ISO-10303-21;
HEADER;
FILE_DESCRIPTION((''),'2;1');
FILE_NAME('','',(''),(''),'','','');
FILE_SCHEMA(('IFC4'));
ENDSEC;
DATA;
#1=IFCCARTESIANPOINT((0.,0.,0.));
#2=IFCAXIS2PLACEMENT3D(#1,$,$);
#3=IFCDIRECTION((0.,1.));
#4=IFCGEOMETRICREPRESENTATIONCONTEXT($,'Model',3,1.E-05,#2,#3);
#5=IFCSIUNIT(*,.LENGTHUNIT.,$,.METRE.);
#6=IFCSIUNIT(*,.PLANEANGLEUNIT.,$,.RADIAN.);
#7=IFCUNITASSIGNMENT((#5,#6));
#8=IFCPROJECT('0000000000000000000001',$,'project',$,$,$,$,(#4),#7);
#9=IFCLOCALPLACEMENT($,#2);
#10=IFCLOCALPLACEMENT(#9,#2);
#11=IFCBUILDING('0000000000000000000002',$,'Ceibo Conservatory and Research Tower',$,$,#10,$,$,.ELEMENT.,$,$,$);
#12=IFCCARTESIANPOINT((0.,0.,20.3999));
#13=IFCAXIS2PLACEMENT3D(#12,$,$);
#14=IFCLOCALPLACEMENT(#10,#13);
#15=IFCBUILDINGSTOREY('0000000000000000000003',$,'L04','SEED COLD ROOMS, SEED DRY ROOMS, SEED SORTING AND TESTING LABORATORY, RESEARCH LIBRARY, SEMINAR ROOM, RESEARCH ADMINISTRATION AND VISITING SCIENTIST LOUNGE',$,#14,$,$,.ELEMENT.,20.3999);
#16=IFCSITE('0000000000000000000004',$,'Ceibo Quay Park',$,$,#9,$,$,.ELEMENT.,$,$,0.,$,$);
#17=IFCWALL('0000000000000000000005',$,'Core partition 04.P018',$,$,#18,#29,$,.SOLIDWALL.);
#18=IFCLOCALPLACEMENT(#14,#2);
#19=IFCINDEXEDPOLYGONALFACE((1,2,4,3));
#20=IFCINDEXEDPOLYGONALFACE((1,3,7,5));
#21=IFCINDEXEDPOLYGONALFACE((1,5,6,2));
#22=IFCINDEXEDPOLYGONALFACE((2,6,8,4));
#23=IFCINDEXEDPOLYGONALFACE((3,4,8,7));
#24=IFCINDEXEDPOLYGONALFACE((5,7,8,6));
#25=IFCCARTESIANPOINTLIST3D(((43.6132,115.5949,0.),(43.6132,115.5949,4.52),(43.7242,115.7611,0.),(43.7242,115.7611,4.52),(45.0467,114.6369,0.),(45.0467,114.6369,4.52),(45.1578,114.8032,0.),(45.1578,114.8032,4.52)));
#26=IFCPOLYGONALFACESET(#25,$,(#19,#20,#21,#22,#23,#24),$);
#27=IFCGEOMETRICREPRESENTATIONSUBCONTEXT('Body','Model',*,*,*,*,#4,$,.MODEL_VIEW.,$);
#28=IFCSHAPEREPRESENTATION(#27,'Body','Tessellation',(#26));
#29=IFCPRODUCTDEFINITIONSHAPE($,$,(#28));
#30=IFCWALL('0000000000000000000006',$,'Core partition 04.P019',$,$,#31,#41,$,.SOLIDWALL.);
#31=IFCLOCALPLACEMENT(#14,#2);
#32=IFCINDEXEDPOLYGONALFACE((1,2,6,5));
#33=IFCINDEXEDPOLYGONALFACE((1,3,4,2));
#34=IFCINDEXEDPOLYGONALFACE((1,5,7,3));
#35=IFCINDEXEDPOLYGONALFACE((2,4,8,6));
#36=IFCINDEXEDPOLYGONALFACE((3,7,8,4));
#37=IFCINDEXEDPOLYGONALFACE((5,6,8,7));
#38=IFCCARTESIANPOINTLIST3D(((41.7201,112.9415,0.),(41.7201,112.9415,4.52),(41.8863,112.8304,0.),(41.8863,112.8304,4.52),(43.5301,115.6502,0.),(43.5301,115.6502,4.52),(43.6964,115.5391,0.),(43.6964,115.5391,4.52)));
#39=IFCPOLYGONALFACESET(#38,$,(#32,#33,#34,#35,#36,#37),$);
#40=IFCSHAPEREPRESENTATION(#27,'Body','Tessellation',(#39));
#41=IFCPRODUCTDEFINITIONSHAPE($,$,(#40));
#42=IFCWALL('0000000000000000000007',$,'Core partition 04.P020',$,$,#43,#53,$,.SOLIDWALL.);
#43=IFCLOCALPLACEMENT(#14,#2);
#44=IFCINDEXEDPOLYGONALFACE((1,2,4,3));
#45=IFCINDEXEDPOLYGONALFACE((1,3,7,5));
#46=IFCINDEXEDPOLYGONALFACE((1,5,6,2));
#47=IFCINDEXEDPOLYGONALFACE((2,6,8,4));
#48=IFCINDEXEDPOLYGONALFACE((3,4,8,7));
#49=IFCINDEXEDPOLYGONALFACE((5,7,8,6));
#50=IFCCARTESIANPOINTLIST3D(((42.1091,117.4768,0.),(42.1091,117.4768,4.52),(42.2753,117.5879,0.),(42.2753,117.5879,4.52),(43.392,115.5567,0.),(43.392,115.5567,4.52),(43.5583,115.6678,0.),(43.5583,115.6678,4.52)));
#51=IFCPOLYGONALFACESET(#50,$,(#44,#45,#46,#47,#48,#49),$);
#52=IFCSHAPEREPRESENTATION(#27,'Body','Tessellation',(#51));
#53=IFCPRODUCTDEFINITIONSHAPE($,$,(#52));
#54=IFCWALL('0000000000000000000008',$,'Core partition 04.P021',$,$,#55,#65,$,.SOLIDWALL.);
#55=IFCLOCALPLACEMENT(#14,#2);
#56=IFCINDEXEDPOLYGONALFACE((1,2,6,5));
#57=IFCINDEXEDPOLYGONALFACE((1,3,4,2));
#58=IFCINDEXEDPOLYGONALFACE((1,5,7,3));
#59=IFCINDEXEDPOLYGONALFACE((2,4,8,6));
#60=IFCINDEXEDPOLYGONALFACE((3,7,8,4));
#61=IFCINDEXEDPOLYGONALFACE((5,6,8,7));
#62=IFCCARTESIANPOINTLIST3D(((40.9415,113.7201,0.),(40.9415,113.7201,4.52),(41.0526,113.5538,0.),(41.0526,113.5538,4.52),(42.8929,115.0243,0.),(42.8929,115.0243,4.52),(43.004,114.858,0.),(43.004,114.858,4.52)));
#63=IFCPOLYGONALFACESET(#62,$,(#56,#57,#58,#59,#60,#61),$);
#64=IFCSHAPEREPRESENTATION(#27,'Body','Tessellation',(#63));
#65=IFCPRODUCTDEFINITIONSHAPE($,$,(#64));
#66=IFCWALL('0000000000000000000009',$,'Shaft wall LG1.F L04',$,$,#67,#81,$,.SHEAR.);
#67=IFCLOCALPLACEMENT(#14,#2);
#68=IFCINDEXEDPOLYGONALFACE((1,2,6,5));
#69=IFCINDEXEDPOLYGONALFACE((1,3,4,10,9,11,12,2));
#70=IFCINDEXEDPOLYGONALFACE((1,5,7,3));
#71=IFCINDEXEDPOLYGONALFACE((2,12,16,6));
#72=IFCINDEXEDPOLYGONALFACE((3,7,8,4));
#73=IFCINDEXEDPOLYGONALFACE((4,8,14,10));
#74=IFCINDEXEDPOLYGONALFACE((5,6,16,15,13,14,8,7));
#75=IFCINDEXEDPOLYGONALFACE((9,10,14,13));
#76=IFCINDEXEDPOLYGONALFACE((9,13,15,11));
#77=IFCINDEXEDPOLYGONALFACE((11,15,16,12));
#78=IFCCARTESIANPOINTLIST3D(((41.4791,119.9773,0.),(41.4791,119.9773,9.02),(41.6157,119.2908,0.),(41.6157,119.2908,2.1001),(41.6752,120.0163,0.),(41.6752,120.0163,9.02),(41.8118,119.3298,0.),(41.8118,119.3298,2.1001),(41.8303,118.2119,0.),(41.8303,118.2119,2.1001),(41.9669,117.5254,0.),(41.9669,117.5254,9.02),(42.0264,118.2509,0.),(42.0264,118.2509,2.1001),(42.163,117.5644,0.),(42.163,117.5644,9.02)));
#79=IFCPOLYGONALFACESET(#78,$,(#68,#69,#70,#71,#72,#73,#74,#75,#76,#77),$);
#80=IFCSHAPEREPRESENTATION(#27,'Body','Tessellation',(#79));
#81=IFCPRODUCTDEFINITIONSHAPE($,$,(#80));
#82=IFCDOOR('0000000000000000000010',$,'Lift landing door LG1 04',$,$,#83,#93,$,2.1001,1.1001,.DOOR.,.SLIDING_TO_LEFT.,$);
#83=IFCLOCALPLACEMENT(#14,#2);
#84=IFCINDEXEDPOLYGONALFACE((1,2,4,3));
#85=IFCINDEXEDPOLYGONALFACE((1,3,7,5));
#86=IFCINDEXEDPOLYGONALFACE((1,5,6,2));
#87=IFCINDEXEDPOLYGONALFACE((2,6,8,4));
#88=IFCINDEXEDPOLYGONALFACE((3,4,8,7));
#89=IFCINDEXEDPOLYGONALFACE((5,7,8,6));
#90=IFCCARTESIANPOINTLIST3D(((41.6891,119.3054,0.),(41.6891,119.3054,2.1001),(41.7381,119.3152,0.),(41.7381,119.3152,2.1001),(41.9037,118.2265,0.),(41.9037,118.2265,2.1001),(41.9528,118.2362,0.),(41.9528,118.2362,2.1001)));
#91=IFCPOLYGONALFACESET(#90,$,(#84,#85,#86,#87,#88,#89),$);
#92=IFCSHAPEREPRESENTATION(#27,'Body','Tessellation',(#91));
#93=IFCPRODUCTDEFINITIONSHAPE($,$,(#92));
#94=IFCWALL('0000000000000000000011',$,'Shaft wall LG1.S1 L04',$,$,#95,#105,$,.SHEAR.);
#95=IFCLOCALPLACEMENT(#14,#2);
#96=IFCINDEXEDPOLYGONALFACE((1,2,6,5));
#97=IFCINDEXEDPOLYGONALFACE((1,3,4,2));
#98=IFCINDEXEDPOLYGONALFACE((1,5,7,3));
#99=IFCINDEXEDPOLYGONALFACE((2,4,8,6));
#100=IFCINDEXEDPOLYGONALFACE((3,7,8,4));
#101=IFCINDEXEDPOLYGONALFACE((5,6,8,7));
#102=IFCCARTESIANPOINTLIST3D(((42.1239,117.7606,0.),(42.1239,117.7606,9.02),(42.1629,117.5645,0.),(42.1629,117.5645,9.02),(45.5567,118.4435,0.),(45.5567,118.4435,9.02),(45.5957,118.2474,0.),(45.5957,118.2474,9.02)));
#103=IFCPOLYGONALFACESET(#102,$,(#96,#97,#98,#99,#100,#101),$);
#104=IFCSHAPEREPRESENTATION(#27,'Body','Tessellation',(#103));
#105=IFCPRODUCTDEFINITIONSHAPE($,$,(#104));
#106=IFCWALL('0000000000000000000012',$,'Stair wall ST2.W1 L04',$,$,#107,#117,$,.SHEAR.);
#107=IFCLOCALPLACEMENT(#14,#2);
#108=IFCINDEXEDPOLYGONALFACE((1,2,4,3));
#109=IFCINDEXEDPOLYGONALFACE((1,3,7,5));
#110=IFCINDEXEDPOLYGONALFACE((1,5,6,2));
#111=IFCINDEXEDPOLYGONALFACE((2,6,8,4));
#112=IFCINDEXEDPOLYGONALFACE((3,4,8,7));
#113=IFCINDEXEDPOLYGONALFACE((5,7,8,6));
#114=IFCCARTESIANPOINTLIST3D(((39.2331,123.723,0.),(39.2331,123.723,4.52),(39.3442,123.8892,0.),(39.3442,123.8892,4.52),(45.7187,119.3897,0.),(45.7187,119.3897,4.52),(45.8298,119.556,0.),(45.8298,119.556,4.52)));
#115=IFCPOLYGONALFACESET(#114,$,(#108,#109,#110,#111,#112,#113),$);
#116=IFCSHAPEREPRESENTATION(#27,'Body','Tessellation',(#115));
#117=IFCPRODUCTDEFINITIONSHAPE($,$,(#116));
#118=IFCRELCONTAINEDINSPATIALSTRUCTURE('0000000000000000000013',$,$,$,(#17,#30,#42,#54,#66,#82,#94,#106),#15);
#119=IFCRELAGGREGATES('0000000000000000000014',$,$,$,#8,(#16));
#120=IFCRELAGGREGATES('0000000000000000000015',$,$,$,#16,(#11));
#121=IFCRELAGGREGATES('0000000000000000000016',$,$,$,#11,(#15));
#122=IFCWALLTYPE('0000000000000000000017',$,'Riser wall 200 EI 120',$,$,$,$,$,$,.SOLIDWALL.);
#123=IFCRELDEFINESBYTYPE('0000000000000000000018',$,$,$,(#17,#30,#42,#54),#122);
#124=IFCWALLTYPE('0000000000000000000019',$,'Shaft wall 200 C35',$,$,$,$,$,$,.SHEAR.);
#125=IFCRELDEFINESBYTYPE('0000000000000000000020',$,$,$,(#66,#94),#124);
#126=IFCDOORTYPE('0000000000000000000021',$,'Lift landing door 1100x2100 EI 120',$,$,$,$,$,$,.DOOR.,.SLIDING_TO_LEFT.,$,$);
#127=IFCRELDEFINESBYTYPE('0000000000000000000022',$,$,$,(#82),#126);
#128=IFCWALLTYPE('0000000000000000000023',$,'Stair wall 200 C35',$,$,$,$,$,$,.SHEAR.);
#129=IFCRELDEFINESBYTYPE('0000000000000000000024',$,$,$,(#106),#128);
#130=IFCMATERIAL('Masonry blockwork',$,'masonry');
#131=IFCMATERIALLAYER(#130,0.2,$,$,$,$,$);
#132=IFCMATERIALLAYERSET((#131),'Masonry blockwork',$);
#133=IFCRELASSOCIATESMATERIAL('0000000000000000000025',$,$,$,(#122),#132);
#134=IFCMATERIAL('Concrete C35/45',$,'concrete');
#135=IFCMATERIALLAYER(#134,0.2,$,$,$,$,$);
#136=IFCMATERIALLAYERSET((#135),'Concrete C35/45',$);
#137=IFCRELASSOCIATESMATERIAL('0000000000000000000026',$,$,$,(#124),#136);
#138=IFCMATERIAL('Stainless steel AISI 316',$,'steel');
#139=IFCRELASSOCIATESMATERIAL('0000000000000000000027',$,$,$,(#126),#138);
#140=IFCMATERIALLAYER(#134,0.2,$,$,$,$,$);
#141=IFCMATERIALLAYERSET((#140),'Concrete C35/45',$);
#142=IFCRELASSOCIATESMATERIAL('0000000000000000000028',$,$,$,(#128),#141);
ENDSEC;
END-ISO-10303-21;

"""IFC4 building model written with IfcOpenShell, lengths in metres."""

from ifc_helpers import new_model, si_unit, direction, frame, frame_2d, origin, place, context, subcontext, project, spatial, rectangle, extrude, material, layer, layer_set, type_object, element, fill, save


model = new_model("IFC4")

# Units and contexts
model_context = context("Model", 3, precision=1e-05, world=origin(), true_north=direction((0.0, 1.0)))
body_context = subcontext(model_context, "Body", "Model", "MODEL_VIEW")
ifc_project = project(units=[si_unit("LENGTHUNIT", "METRE"), si_unit("PLANEANGLEUNIT", "RADIAN")], contexts=[model_context])

# Site, building, storey
site_placement = place(None, origin())
site = spatial("IfcSite", under=ifc_project, at=site_placement, Name="Ceibo Quay Park", CompositionType="ELEMENT", RefElevation=0.0)
building_placement = place(site_placement, origin())
building = spatial("IfcBuilding", under=site, at=building_placement, Name="Ceibo Conservatory and Research Tower", CompositionType="ELEMENT")
storey_placement = place(building_placement, frame((0.0, 0.0, 20.3999)))
storey = spatial("IfcBuildingStorey", under=building, at=storey_placement, Name="L04", Description="SEED COLD ROOMS, SEED DRY ROOMS, SEED SORTING AND TESTING LABORATORY, RESEARCH LIBRARY, SEMINAR ROOM, RESEARCH ADMINISTRATION AND VISITING SCIENTIST LOUNGE", CompositionType="ELEMENT", Elevation=20.3999)

# Shared definitions
ifc_material_1 = material(Name="Concrete C35/45", Category="concrete")

# Shared definitions
ifc_material_2 = material(Name="Masonry blockwork", Category="masonry")

# Walls
ifc_layer_1 = layer(ifc_material_2, 0.2)
ifc_layer_set_1 = layer_set([ifc_layer_1], Name="Masonry blockwork")
wall_type_1 = type_object("IfcWallType", Name="Riser wall 200 EI 120", PredefinedType="SOLIDWALL", material=ifc_layer_set_1)
wall_1_placement = place(storey_placement, frame((43.6687, 115.678, 0.0), z_axis=(0.0, 0.0, 1.0), x_axis=(0.83144, -0.555615, 0.0)))
element("IfcWall", 1, at=wall_1_placement, inside=storey, type_object=wall_type_1, Name="Core partition 04.P018", PredefinedType="SOLIDWALL", context=body_context, shape_type="SweptSolid", body=[
    extrude(rectangle(XDim=1.7241, YDim=0.2, at=frame_2d((0.8621, 0.0))), origin(), (0.0, 0.0, 1.0), 4.52),
])
wall_2_placement = place(storey_placement, frame((41.8032, 112.886, 0.0), z_axis=(0.0, 0.0, 1.0), x_axis=(0.555599, 0.83145, 0.0)))
element("IfcWall", 2, at=wall_2_placement, inside=storey, type_object=wall_type_1, Name="Core partition 04.P019", PredefinedType="SOLIDWALL", context=body_context, shape_type="SweptSolid", body=[
    extrude(rectangle(XDim=3.2578, YDim=0.2, at=frame_2d((1.6289, 0.0))), origin(), (0.0, 0.0, 1.0), 4.52),
])
wall_3_placement = place(storey_placement, frame((42.1921, 117.5325, 0.0), z_axis=(0.0, 0.0, 1.0), x_axis=(0.555554, -0.831481, 0.0)))
element("IfcWall", 3, at=wall_3_placement, inside=storey, type_object=wall_type_1, Name="Core partition 04.P020", PredefinedType="SOLIDWALL", context=body_context, shape_type="SweptSolid", body=[
    extrude(rectangle(XDim=2.3093, YDim=0.2, at=frame_2d((1.1548, 0.0))), origin(), (0.0, 0.0, 1.0), 4.52),
])
wall_4_placement = place(storey_placement, frame((42.9485, 114.9412, 0.0), z_axis=(0.0, 0.0, 1.0), x_axis=(-0.83141, -0.55566, 0.0)))
element("IfcWall", 4, at=wall_4_placement, inside=storey, type_object=wall_type_1, Name="Core partition 04.P021", PredefinedType="SOLIDWALL", context=body_context, shape_type="SweptSolid", body=[
    extrude(rectangle(XDim=2.3472, YDim=0.2, at=frame_2d((1.1736, 0.0))), origin(), (0.0, 0.0, 1.0), 4.52),
])

# Wall, opening, door
ifc_layer_2 = layer(ifc_material_1, 0.2)
ifc_layer_set_2 = layer_set([ifc_layer_2], Name="Concrete C35/45")
wall_type_2 = type_object("IfcWallType", Name="Shaft wall 200 C35", PredefinedType="SHEAR", material=ifc_layer_set_2)
wall_5_placement = place(storey_placement, frame((41.5771, 119.9968, 0.0), z_axis=(0.0, 0.0, 1.0), x_axis=(0.195121, -0.980779, 0.0)))
wall_5 = element("IfcWall", 5, at=wall_5_placement, inside=storey, type_object=wall_type_2, Name="Shaft wall LG1.F L04", PredefinedType="SHEAR", context=body_context, shape_type="SweptSolid", body=[
    extrude(rectangle(XDim=2.5, YDim=0.2, at=frame_2d((1.25, 0.0))), origin(), (0.0, 0.0, 1.0), 9.02),
])
opening_1_placement = place(wall_5_placement, frame((0.7, 0.0, 0.0)))
opening_1 = element("IfcOpeningElement", 6, at=opening_1_placement, cuts=wall_5, PredefinedType="OPENING", context=body_context, shape_type="SweptSolid", body=[
    extrude(rectangle(XDim=1.1001, YDim=2.1001, at=frame_2d((0.55, 1.05))), frame((0.0, 0.1099, 0.0), z_axis=(0.0, -1.0, 0.0), x_axis=(1.0, 0.0, 0.0)), (0.0, 0.0, 1.0), 0.22),
])
ifc_material_3 = material(Name="Stainless steel AISI 316", Category="steel")
door_type_1 = type_object("IfcDoorType", Name="Lift landing door 1100x2100 EI 120", OperationType="SLIDING_TO_LEFT", PredefinedType="DOOR", material=ifc_material_3)
door_1_placement = place(opening_1_placement, origin())
door_1 = element("IfcDoor", 7, at=door_1_placement, inside=storey, type_object=door_type_1, Name="Lift landing door LG1 04", OperationType="SLIDING_TO_LEFT", OverallHeight=2.1001, OverallWidth=1.1001, PredefinedType="DOOR", context=body_context, shape_type="SweptSolid", body=[
    extrude(rectangle(XDim=1.1001, YDim=2.1001, at=frame_2d((0.55, 1.05))), frame((0.0, 0.0249, 0.0), z_axis=(0.0, -1.0, 0.0), x_axis=(1.0, 0.0, 0.0)), (0.0, 0.0, 1.0), 0.05),
])
fill(opening_1, door_1)

# Walls
wall_6_placement = place(storey_placement, frame((45.5762, 118.3455, 0.0), z_axis=(0.0, 0.0, 1.0), x_axis=(-0.980781, -0.19511, 0.0)))
element("IfcWall", 8, at=wall_6_placement, inside=storey, type_object=wall_type_2, Name="Shaft wall LG1.S1 L04", PredefinedType="SHEAR", context=body_context, shape_type="SweptSolid", body=[
    extrude(rectangle(XDim=3.5, YDim=0.2, at=frame_2d((1.75, 0.0))), origin(), (0.0, 0.0, 1.0), 9.02),
])
ifc_layer_3 = layer(ifc_material_1, 0.2)
ifc_layer_set_3 = layer_set([ifc_layer_3], Name="Concrete C35/45")
wall_type_3 = type_object("IfcWallType", Name="Stair wall 200 C35", PredefinedType="SHEAR", material=ifc_layer_set_3)
wall_7_placement = place(storey_placement, frame((45.7742, 119.4729, 0.0), z_axis=(0.0, 0.0, 1.0), x_axis=(-0.831486, 0.555545, 0.0)))
element("IfcWall", 9, at=wall_7_placement, inside=storey, type_object=wall_type_3, Name="Stair wall ST2.W1 L04", PredefinedType="SHEAR", context=body_context, shape_type="SweptSolid", body=[
    extrude(rectangle(XDim=7.8, YDim=0.2, at=frame_2d((3.8999, 0.0))), origin(), (0.0, 0.0, 1.0), 4.52),
])

save(model, "model.ifc")
